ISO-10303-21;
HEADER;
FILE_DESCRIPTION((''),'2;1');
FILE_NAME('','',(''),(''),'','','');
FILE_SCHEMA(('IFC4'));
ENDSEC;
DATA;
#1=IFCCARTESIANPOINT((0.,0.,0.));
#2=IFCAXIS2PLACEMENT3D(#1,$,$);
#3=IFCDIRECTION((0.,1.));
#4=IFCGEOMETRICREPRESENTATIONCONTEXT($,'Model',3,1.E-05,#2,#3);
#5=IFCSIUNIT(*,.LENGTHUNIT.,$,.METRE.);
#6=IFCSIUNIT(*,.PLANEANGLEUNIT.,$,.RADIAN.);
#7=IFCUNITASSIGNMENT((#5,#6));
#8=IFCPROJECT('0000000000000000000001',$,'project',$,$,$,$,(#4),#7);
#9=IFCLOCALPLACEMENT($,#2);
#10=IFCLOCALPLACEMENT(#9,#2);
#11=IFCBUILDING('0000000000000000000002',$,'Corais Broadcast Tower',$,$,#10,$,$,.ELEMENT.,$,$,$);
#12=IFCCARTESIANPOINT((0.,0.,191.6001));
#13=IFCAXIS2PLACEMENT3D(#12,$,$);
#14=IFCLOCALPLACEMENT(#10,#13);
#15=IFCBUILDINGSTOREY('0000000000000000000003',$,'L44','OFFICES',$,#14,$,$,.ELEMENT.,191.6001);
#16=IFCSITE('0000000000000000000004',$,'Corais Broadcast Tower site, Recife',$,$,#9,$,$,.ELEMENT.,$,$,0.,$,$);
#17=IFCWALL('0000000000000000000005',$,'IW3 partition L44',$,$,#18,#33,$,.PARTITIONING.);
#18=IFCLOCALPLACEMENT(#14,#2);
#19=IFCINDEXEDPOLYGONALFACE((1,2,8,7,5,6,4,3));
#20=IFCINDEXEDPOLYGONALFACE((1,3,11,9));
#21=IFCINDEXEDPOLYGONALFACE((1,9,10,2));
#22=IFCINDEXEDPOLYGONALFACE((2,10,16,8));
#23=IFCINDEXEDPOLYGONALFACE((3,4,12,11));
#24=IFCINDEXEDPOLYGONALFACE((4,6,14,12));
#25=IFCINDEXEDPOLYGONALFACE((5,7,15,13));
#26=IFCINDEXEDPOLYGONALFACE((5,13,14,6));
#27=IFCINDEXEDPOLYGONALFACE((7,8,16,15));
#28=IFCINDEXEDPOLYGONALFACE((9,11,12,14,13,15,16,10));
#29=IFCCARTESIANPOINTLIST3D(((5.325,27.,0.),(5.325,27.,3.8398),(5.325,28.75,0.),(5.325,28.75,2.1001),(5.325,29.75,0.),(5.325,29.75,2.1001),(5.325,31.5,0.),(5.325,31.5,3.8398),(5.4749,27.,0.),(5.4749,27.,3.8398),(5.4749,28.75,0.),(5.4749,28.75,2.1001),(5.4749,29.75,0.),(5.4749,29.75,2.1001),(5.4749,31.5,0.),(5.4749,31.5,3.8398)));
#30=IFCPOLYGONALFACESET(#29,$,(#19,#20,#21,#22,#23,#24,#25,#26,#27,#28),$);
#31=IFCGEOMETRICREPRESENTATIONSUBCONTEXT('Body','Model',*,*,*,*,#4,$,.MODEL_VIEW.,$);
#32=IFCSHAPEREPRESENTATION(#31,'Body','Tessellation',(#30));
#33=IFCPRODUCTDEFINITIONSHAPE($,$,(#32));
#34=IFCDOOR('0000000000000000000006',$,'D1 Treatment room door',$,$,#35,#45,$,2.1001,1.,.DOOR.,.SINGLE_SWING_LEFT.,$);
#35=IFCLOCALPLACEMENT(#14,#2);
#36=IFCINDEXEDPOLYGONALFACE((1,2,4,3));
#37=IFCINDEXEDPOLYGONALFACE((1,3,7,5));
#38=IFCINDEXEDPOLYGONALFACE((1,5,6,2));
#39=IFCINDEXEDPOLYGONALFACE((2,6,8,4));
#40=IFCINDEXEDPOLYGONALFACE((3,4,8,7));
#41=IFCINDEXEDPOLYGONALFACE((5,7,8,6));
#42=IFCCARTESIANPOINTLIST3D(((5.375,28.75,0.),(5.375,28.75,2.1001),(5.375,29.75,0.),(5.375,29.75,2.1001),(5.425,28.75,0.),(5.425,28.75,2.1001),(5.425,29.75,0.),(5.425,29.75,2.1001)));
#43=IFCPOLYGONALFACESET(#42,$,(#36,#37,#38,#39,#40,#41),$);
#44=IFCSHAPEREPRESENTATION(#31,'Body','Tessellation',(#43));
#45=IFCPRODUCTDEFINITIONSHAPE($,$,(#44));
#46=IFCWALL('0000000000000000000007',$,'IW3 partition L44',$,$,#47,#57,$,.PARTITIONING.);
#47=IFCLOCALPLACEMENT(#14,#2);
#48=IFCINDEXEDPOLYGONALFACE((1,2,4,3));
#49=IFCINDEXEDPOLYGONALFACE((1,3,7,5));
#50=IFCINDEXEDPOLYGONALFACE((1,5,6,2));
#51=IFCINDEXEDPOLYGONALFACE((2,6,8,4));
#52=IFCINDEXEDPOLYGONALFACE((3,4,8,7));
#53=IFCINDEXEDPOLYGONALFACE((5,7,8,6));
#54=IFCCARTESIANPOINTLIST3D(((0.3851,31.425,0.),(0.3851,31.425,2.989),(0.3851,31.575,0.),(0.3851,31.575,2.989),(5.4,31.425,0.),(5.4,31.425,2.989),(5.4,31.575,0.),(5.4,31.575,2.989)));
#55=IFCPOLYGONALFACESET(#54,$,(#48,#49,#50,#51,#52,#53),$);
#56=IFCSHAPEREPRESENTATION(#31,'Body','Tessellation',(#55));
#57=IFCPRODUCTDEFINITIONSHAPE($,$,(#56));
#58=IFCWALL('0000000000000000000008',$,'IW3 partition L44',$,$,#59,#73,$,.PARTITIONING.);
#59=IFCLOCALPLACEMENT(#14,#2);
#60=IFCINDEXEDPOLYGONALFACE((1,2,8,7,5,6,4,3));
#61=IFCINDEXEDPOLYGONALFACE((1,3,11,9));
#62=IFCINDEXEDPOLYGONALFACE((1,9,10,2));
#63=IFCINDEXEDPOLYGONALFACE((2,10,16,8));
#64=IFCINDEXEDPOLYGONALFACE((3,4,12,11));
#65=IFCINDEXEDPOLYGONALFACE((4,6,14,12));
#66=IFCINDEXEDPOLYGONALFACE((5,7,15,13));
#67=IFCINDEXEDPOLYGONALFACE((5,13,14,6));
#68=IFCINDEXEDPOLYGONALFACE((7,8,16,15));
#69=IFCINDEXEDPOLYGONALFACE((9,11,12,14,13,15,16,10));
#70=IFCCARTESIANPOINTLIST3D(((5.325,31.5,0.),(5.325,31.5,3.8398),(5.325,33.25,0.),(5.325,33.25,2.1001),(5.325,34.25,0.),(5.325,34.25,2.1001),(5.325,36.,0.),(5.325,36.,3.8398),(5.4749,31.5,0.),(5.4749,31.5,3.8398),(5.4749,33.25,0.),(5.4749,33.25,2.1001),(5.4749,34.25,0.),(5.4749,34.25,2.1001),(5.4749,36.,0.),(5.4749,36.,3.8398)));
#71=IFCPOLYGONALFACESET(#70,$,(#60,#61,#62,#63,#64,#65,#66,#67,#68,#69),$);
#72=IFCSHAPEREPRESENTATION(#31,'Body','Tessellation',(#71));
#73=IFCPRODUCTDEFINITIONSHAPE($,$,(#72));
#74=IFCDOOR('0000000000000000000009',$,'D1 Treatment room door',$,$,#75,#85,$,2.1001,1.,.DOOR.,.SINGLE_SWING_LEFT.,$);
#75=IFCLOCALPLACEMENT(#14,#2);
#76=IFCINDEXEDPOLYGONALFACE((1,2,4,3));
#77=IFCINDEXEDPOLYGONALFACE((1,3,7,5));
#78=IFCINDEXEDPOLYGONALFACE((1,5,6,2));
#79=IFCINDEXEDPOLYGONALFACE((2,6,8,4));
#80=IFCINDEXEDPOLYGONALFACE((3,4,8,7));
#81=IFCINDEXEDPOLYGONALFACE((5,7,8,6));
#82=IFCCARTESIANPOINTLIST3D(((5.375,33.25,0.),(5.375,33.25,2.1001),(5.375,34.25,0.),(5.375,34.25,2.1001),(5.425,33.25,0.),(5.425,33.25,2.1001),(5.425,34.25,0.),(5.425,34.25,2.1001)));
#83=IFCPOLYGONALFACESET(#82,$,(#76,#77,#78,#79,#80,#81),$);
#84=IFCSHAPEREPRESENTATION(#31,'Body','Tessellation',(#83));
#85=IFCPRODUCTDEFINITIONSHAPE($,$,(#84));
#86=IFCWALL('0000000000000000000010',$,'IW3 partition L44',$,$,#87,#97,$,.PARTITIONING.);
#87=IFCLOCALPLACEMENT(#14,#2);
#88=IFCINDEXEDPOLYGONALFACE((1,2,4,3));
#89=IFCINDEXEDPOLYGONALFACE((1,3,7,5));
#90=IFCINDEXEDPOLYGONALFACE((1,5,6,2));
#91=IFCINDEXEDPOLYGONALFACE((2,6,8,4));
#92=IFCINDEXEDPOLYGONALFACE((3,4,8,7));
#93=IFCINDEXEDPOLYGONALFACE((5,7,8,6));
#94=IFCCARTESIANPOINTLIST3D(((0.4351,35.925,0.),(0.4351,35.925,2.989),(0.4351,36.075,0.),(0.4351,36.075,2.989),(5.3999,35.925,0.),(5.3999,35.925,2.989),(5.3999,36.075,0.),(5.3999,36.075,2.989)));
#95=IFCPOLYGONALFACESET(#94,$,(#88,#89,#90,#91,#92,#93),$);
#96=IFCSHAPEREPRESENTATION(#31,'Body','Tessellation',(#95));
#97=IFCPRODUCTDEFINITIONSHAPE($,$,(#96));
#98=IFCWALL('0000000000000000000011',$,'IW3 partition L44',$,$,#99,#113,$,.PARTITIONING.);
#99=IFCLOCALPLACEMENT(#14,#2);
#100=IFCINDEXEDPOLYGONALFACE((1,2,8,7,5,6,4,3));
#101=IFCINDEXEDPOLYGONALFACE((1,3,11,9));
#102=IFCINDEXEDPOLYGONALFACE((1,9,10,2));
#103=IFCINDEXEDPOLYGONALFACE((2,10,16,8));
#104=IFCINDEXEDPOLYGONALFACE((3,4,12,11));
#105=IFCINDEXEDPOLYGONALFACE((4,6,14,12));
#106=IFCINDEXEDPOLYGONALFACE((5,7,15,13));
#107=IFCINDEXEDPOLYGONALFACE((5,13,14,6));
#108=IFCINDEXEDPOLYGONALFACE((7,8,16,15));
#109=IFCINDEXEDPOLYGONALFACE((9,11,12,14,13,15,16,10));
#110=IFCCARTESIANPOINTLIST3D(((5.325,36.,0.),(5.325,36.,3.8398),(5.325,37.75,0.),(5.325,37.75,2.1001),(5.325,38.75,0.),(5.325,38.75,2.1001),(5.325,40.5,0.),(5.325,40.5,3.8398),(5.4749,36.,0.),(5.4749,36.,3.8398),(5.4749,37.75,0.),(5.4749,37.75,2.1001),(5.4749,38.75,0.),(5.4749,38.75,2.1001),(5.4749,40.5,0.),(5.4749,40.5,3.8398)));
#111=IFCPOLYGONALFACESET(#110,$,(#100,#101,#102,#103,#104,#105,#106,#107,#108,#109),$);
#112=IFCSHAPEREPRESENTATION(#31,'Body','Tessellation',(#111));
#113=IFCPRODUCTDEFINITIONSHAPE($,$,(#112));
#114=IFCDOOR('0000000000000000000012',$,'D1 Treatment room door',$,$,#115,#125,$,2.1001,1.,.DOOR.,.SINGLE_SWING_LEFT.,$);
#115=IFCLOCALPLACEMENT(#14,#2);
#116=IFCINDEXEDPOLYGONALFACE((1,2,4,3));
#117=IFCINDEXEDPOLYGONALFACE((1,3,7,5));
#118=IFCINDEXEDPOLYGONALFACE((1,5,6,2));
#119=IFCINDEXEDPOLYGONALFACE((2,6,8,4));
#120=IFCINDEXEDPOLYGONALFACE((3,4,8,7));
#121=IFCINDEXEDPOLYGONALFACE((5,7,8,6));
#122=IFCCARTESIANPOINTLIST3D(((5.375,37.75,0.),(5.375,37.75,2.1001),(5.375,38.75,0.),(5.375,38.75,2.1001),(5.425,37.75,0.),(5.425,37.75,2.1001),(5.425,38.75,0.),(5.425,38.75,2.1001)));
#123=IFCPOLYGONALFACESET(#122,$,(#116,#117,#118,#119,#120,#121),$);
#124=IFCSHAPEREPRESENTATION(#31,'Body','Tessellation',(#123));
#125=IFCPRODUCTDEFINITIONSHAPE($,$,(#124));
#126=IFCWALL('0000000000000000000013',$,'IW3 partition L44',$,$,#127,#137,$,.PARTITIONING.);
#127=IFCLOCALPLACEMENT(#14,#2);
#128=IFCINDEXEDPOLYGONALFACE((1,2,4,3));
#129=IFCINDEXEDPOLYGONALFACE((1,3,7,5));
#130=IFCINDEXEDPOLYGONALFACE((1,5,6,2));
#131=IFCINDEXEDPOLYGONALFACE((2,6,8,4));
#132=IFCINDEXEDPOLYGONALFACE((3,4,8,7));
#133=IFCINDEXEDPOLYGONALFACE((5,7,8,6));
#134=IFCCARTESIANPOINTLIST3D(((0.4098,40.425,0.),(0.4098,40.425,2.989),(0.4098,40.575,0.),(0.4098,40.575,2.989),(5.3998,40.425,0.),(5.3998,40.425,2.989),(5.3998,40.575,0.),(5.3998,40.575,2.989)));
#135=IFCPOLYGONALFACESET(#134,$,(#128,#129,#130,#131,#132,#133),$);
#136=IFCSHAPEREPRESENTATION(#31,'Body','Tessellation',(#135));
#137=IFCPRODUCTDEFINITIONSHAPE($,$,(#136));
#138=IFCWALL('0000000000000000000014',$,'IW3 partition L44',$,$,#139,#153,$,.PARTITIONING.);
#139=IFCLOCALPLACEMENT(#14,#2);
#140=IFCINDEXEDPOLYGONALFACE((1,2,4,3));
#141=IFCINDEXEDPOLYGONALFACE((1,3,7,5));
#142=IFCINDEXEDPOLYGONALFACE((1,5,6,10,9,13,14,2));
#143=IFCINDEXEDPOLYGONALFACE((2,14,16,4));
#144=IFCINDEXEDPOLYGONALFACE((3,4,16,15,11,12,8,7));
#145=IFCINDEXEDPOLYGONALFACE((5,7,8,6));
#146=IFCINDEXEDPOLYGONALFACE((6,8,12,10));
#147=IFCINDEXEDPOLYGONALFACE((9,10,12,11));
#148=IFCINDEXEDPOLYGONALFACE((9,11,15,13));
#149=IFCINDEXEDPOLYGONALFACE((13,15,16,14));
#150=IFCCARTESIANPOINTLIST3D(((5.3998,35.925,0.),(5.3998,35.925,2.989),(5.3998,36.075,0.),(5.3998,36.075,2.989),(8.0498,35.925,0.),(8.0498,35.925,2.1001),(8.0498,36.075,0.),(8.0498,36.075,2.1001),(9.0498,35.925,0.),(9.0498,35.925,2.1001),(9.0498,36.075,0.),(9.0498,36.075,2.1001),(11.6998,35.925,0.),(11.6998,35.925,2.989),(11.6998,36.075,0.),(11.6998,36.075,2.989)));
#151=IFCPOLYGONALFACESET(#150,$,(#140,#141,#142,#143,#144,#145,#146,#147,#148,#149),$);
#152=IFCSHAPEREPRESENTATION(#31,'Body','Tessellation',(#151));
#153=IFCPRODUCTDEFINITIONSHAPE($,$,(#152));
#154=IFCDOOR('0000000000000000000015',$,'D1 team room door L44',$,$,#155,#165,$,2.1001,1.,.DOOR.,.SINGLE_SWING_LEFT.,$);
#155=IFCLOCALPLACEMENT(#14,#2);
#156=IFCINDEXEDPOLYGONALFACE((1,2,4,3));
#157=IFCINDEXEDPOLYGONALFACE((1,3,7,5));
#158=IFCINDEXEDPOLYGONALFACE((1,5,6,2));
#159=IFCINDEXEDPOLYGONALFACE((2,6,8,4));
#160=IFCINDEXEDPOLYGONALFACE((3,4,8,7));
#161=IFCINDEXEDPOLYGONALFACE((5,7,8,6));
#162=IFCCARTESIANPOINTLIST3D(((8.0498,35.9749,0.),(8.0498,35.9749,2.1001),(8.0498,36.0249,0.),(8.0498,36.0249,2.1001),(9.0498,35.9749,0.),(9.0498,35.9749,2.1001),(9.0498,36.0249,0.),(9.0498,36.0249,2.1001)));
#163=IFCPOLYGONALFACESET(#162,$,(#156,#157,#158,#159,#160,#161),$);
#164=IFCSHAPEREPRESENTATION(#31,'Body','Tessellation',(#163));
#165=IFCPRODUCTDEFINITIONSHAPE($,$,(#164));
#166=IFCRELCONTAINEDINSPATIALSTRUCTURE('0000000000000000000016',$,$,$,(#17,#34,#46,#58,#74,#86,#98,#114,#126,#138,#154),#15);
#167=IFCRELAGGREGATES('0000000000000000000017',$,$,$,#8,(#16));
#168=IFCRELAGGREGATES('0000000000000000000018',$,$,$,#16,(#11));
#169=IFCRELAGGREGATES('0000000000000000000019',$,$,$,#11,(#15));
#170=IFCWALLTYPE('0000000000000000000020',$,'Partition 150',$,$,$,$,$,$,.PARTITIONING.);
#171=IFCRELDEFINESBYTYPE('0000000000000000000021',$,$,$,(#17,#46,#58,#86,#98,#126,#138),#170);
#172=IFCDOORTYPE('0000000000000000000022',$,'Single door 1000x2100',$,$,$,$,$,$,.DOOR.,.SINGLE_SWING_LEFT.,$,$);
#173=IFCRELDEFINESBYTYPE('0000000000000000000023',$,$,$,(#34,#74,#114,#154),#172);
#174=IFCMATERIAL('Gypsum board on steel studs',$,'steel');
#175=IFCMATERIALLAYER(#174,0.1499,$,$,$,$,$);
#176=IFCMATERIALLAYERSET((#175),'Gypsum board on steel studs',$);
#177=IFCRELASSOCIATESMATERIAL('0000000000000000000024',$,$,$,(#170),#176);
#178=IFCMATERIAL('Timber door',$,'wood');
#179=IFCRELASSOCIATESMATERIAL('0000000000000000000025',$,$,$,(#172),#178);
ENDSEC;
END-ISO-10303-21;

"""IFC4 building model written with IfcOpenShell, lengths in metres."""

from ifc_helpers import new_model, si_unit, direction, frame, frame_2d, origin, place, context, subcontext, project, spatial, rectangle, extrude, material, layer, layer_set, type_object, element, fill, save


model = new_model("IFC4")

# Units and contexts
model_context = context("Model", 3, precision=1e-05, world=origin(), true_north=direction((0.0, 1.0)))
body_context = subcontext(model_context, "Body", "Model", "MODEL_VIEW")
ifc_project = project(units=[si_unit("LENGTHUNIT", "METRE"), si_unit("PLANEANGLEUNIT", "RADIAN")], contexts=[model_context])

# Site, building, storey
site_placement = place(None, origin())
site = spatial("IfcSite", under=ifc_project, at=site_placement, Name="Corais Broadcast Tower site, Recife", CompositionType="ELEMENT", RefElevation=0.0)
building_placement = place(site_placement, origin())
building = spatial("IfcBuilding", under=site, at=building_placement, Name="Corais Broadcast Tower", CompositionType="ELEMENT")
storey_placement = place(building_placement, frame((0.0, 0.0, 191.6001)))
storey = spatial("IfcBuildingStorey", under=building, at=storey_placement, Name="L44", Description="OFFICES", CompositionType="ELEMENT", Elevation=191.6001)

# Shared definitions
ifc_material_1 = material(Name="Gypsum board on steel studs", Category="steel")
ifc_layer_1 = layer(ifc_material_1, 0.1499)
ifc_layer_set_1 = layer_set([ifc_layer_1], Name="Gypsum board on steel studs")
wall_type_1 = type_object("IfcWallType", Name="Partition 150", PredefinedType="PARTITIONING", material=ifc_layer_set_1)
ifc_material_2 = material(Name="Timber door", Category="wood")
door_type_1 = type_object("IfcDoorType", Name="Single door 1000x2100", OperationType="SINGLE_SWING_LEFT", PredefinedType="DOOR", material=ifc_material_2)

# Wall, opening, door
wall_1_placement = place(storey_placement, frame((5.3999, 27.0, 0.0), z_axis=(0.0, 0.0, 1.0), x_axis=(0.0, 1.0, 0.0)))
wall_1 = element("IfcWall", 1, at=wall_1_placement, inside=storey, type_object=wall_type_1, Name="IW3 partition L44", PredefinedType="PARTITIONING", context=body_context, shape_type="SweptSolid", body=[
    extrude(rectangle(XDim=4.5, YDim=0.1499, at=frame_2d((2.25, 0.0))), origin(), (0.0, 0.0, 1.0), 3.8398),
])
opening_1_placement = place(wall_1_placement, frame((1.75, 0.0, 0.0)))
opening_1 = element("IfcOpeningElement", 2, at=opening_1_placement, cuts=wall_1, PredefinedType="OPENING", context=body_context, shape_type="SweptSolid", body=[
    extrude(rectangle(XDim=1.0, YDim=2.1001, at=frame_2d((0.5, 1.05))), frame((0.0, 0.085, 0.0), z_axis=(0.0, -1.0, 0.0), x_axis=(1.0, 0.0, 0.0)), (0.0, 0.0, 1.0), 0.1699),
])
door_1_placement = place(opening_1_placement, origin())
door_1 = element("IfcDoor", 3, at=door_1_placement, inside=storey, type_object=door_type_1, Name="D1 Treatment room door", OperationType="SINGLE_SWING_LEFT", OverallHeight=2.1001, OverallWidth=1.0, PredefinedType="DOOR", context=body_context, shape_type="SweptSolid", body=[
    extrude(rectangle(XDim=1.0, YDim=2.1001, at=frame_2d((0.5, 1.05))), frame((0.0, 0.0249, 0.0), z_axis=(0.0, -1.0, 0.0), x_axis=(1.0, 0.0, 0.0)), (0.0, 0.0, 1.0), 0.05),
])
fill(opening_1, door_1)

# Wall
wall_2_placement = place(storey_placement, frame((5.3999, 31.5, 0.0), z_axis=(0.0, 0.0, 1.0), x_axis=(-1.0, 0.0, 0.0)))
element("IfcWall", 4, at=wall_2_placement, inside=storey, type_object=wall_type_1, Name="IW3 partition L44", PredefinedType="PARTITIONING", context=body_context, shape_type="SweptSolid", body=[
    extrude(rectangle(XDim=5.0149, YDim=0.1499, at=frame_2d((2.5073, 0.0))), origin(), (0.0, 0.0, 1.0), 2.989),
])

# Wall, opening, door
wall_3_placement = place(storey_placement, frame((5.3999, 31.5, 0.0), z_axis=(0.0, 0.0, 1.0), x_axis=(0.0, 1.0, 0.0)))
wall_3 = element("IfcWall", 5, at=wall_3_placement, inside=storey, type_object=wall_type_1, Name="IW3 partition L44", PredefinedType="PARTITIONING", context=body_context, shape_type="SweptSolid", body=[
    extrude(rectangle(XDim=4.5, YDim=0.1499, at=frame_2d((2.25, 0.0))), origin(), (0.0, 0.0, 1.0), 3.8398),
])
opening_2_placement = place(wall_3_placement, frame((1.75, 0.0, 0.0)))
opening_2 = element("IfcOpeningElement", 6, at=opening_2_placement, cuts=wall_3, PredefinedType="OPENING", context=body_context, shape_type="SweptSolid", body=[
    extrude(rectangle(XDim=1.0, YDim=2.1001, at=frame_2d((0.5, 1.05))), frame((0.0, 0.085, 0.0), z_axis=(0.0, -1.0, 0.0), x_axis=(1.0, 0.0, 0.0)), (0.0, 0.0, 1.0), 0.1699),
])
door_2_placement = place(opening_2_placement, origin())
door_2 = element("IfcDoor", 7, at=door_2_placement, inside=storey, type_object=door_type_1, Name="D1 Treatment room door", OperationType="SINGLE_SWING_LEFT", OverallHeight=2.1001, OverallWidth=1.0, PredefinedType="DOOR", context=body_context, shape_type="SweptSolid", body=[
    extrude(rectangle(XDim=1.0, YDim=2.1001, at=frame_2d((0.5, 1.05))), frame((0.0, 0.0249, 0.0), z_axis=(0.0, -1.0, 0.0), x_axis=(1.0, 0.0, 0.0)), (0.0, 0.0, 1.0), 0.05),
])
fill(opening_2, door_2)

# Wall
wall_4_placement = place(storey_placement, frame((5.3999, 36.0, 0.0), z_axis=(0.0, 0.0, 1.0), x_axis=(-1.0, 0.0, 0.0)))
element("IfcWall", 8, at=wall_4_placement, inside=storey, type_object=wall_type_1, Name="IW3 partition L44", PredefinedType="PARTITIONING", context=body_context, shape_type="SweptSolid", body=[
    extrude(rectangle(XDim=4.9648, YDim=0.1499, at=frame_2d((2.4824, 0.0))), origin(), (0.0, 0.0, 1.0), 2.989),
])

# Wall, opening, door
wall_5_placement = place(storey_placement, frame((5.3999, 36.0, 0.0), z_axis=(0.0, 0.0, 1.0), x_axis=(0.0, 1.0, 0.0)))
wall_5 = element("IfcWall", 9, at=wall_5_placement, inside=storey, type_object=wall_type_1, Name="IW3 partition L44", PredefinedType="PARTITIONING", context=body_context, shape_type="SweptSolid", body=[
    extrude(rectangle(XDim=4.5, YDim=0.1499, at=frame_2d((2.25, 0.0))), origin(), (0.0, 0.0, 1.0), 3.8398),
])
opening_3_placement = place(wall_5_placement, frame((1.75, 0.0, 0.0)))
opening_3 = element("IfcOpeningElement", 10, at=opening_3_placement, cuts=wall_5, PredefinedType="OPENING", context=body_context, shape_type="SweptSolid", body=[
    extrude(rectangle(XDim=1.0, YDim=2.1001, at=frame_2d((0.5, 1.05))), frame((0.0, 0.085, 0.0), z_axis=(0.0, -1.0, 0.0), x_axis=(1.0, 0.0, 0.0)), (0.0, 0.0, 1.0), 0.1699),
])
door_3_placement = place(opening_3_placement, origin())
door_3 = element("IfcDoor", 11, at=door_3_placement, inside=storey, type_object=door_type_1, Name="D1 Treatment room door", OperationType="SINGLE_SWING_LEFT", OverallHeight=2.1001, OverallWidth=1.0, PredefinedType="DOOR", context=body_context, shape_type="SweptSolid", body=[
    extrude(rectangle(XDim=1.0, YDim=2.1001, at=frame_2d((0.5, 1.05))), frame((0.0, 0.0249, 0.0), z_axis=(0.0, -1.0, 0.0), x_axis=(1.0, 0.0, 0.0)), (0.0, 0.0, 1.0), 0.05),
])
fill(opening_3, door_3)

# Wall
wall_6_placement = place(storey_placement, frame((5.3999, 40.5, 0.0), z_axis=(0.0, 0.0, 1.0), x_axis=(-1.0, 0.0, 0.0)))
element("IfcWall", 12, at=wall_6_placement, inside=storey, type_object=wall_type_1, Name="IW3 partition L44", PredefinedType="PARTITIONING", context=body_context, shape_type="SweptSolid", body=[
    extrude(rectangle(XDim=4.99, YDim=0.1499, at=frame_2d((2.4951, 0.0))), origin(), (0.0, 0.0, 1.0), 2.989),
])

# Wall, opening, door
wall_7_placement = place(storey_placement, frame((5.3999, 36.0, 0.0), z_axis=(0.0, 0.0, 1.0), x_axis=(1.0, 0.0, 0.0)))
wall_7 = element("IfcWall", 13, at=wall_7_placement, inside=storey, type_object=wall_type_1, Name="IW3 partition L44", PredefinedType="PARTITIONING", context=body_context, shape_type="SweptSolid", body=[
    extrude(rectangle(XDim=6.3, YDim=0.1499, at=frame_2d((3.1499, 0.0))), origin(), (0.0, 0.0, 1.0), 2.989),
])
opening_4_placement = place(wall_7_placement, frame((2.6499, 0.0, 0.0)))
opening_4 = element("IfcOpeningElement", 14, at=opening_4_placement, cuts=wall_7, PredefinedType="OPENING", context=body_context, shape_type="SweptSolid", body=[
    extrude(rectangle(XDim=1.0, YDim=2.1001, at=frame_2d((0.5, 1.05))), frame((0.0, 0.085, 0.0), z_axis=(0.0, -1.0, 0.0), x_axis=(1.0, 0.0, 0.0)), (0.0, 0.0, 1.0), 0.1699),
])
door_4_placement = place(opening_4_placement, origin())
door_4 = element("IfcDoor", 15, at=door_4_placement, inside=storey, type_object=door_type_1, Name="D1 team room door L44", OperationType="SINGLE_SWING_LEFT", OverallHeight=2.1001, OverallWidth=1.0, PredefinedType="DOOR", context=body_context, shape_type="SweptSolid", body=[
    extrude(rectangle(XDim=1.0, YDim=2.1001, at=frame_2d((0.5, 1.05))), frame((0.0, 0.0249, 0.0), z_axis=(0.0, -1.0, 0.0), x_axis=(1.0, 0.0, 0.0)), (0.0, 0.0, 1.0), 0.05),
])
fill(opening_4, door_4)

save(model, "model.ifc")
